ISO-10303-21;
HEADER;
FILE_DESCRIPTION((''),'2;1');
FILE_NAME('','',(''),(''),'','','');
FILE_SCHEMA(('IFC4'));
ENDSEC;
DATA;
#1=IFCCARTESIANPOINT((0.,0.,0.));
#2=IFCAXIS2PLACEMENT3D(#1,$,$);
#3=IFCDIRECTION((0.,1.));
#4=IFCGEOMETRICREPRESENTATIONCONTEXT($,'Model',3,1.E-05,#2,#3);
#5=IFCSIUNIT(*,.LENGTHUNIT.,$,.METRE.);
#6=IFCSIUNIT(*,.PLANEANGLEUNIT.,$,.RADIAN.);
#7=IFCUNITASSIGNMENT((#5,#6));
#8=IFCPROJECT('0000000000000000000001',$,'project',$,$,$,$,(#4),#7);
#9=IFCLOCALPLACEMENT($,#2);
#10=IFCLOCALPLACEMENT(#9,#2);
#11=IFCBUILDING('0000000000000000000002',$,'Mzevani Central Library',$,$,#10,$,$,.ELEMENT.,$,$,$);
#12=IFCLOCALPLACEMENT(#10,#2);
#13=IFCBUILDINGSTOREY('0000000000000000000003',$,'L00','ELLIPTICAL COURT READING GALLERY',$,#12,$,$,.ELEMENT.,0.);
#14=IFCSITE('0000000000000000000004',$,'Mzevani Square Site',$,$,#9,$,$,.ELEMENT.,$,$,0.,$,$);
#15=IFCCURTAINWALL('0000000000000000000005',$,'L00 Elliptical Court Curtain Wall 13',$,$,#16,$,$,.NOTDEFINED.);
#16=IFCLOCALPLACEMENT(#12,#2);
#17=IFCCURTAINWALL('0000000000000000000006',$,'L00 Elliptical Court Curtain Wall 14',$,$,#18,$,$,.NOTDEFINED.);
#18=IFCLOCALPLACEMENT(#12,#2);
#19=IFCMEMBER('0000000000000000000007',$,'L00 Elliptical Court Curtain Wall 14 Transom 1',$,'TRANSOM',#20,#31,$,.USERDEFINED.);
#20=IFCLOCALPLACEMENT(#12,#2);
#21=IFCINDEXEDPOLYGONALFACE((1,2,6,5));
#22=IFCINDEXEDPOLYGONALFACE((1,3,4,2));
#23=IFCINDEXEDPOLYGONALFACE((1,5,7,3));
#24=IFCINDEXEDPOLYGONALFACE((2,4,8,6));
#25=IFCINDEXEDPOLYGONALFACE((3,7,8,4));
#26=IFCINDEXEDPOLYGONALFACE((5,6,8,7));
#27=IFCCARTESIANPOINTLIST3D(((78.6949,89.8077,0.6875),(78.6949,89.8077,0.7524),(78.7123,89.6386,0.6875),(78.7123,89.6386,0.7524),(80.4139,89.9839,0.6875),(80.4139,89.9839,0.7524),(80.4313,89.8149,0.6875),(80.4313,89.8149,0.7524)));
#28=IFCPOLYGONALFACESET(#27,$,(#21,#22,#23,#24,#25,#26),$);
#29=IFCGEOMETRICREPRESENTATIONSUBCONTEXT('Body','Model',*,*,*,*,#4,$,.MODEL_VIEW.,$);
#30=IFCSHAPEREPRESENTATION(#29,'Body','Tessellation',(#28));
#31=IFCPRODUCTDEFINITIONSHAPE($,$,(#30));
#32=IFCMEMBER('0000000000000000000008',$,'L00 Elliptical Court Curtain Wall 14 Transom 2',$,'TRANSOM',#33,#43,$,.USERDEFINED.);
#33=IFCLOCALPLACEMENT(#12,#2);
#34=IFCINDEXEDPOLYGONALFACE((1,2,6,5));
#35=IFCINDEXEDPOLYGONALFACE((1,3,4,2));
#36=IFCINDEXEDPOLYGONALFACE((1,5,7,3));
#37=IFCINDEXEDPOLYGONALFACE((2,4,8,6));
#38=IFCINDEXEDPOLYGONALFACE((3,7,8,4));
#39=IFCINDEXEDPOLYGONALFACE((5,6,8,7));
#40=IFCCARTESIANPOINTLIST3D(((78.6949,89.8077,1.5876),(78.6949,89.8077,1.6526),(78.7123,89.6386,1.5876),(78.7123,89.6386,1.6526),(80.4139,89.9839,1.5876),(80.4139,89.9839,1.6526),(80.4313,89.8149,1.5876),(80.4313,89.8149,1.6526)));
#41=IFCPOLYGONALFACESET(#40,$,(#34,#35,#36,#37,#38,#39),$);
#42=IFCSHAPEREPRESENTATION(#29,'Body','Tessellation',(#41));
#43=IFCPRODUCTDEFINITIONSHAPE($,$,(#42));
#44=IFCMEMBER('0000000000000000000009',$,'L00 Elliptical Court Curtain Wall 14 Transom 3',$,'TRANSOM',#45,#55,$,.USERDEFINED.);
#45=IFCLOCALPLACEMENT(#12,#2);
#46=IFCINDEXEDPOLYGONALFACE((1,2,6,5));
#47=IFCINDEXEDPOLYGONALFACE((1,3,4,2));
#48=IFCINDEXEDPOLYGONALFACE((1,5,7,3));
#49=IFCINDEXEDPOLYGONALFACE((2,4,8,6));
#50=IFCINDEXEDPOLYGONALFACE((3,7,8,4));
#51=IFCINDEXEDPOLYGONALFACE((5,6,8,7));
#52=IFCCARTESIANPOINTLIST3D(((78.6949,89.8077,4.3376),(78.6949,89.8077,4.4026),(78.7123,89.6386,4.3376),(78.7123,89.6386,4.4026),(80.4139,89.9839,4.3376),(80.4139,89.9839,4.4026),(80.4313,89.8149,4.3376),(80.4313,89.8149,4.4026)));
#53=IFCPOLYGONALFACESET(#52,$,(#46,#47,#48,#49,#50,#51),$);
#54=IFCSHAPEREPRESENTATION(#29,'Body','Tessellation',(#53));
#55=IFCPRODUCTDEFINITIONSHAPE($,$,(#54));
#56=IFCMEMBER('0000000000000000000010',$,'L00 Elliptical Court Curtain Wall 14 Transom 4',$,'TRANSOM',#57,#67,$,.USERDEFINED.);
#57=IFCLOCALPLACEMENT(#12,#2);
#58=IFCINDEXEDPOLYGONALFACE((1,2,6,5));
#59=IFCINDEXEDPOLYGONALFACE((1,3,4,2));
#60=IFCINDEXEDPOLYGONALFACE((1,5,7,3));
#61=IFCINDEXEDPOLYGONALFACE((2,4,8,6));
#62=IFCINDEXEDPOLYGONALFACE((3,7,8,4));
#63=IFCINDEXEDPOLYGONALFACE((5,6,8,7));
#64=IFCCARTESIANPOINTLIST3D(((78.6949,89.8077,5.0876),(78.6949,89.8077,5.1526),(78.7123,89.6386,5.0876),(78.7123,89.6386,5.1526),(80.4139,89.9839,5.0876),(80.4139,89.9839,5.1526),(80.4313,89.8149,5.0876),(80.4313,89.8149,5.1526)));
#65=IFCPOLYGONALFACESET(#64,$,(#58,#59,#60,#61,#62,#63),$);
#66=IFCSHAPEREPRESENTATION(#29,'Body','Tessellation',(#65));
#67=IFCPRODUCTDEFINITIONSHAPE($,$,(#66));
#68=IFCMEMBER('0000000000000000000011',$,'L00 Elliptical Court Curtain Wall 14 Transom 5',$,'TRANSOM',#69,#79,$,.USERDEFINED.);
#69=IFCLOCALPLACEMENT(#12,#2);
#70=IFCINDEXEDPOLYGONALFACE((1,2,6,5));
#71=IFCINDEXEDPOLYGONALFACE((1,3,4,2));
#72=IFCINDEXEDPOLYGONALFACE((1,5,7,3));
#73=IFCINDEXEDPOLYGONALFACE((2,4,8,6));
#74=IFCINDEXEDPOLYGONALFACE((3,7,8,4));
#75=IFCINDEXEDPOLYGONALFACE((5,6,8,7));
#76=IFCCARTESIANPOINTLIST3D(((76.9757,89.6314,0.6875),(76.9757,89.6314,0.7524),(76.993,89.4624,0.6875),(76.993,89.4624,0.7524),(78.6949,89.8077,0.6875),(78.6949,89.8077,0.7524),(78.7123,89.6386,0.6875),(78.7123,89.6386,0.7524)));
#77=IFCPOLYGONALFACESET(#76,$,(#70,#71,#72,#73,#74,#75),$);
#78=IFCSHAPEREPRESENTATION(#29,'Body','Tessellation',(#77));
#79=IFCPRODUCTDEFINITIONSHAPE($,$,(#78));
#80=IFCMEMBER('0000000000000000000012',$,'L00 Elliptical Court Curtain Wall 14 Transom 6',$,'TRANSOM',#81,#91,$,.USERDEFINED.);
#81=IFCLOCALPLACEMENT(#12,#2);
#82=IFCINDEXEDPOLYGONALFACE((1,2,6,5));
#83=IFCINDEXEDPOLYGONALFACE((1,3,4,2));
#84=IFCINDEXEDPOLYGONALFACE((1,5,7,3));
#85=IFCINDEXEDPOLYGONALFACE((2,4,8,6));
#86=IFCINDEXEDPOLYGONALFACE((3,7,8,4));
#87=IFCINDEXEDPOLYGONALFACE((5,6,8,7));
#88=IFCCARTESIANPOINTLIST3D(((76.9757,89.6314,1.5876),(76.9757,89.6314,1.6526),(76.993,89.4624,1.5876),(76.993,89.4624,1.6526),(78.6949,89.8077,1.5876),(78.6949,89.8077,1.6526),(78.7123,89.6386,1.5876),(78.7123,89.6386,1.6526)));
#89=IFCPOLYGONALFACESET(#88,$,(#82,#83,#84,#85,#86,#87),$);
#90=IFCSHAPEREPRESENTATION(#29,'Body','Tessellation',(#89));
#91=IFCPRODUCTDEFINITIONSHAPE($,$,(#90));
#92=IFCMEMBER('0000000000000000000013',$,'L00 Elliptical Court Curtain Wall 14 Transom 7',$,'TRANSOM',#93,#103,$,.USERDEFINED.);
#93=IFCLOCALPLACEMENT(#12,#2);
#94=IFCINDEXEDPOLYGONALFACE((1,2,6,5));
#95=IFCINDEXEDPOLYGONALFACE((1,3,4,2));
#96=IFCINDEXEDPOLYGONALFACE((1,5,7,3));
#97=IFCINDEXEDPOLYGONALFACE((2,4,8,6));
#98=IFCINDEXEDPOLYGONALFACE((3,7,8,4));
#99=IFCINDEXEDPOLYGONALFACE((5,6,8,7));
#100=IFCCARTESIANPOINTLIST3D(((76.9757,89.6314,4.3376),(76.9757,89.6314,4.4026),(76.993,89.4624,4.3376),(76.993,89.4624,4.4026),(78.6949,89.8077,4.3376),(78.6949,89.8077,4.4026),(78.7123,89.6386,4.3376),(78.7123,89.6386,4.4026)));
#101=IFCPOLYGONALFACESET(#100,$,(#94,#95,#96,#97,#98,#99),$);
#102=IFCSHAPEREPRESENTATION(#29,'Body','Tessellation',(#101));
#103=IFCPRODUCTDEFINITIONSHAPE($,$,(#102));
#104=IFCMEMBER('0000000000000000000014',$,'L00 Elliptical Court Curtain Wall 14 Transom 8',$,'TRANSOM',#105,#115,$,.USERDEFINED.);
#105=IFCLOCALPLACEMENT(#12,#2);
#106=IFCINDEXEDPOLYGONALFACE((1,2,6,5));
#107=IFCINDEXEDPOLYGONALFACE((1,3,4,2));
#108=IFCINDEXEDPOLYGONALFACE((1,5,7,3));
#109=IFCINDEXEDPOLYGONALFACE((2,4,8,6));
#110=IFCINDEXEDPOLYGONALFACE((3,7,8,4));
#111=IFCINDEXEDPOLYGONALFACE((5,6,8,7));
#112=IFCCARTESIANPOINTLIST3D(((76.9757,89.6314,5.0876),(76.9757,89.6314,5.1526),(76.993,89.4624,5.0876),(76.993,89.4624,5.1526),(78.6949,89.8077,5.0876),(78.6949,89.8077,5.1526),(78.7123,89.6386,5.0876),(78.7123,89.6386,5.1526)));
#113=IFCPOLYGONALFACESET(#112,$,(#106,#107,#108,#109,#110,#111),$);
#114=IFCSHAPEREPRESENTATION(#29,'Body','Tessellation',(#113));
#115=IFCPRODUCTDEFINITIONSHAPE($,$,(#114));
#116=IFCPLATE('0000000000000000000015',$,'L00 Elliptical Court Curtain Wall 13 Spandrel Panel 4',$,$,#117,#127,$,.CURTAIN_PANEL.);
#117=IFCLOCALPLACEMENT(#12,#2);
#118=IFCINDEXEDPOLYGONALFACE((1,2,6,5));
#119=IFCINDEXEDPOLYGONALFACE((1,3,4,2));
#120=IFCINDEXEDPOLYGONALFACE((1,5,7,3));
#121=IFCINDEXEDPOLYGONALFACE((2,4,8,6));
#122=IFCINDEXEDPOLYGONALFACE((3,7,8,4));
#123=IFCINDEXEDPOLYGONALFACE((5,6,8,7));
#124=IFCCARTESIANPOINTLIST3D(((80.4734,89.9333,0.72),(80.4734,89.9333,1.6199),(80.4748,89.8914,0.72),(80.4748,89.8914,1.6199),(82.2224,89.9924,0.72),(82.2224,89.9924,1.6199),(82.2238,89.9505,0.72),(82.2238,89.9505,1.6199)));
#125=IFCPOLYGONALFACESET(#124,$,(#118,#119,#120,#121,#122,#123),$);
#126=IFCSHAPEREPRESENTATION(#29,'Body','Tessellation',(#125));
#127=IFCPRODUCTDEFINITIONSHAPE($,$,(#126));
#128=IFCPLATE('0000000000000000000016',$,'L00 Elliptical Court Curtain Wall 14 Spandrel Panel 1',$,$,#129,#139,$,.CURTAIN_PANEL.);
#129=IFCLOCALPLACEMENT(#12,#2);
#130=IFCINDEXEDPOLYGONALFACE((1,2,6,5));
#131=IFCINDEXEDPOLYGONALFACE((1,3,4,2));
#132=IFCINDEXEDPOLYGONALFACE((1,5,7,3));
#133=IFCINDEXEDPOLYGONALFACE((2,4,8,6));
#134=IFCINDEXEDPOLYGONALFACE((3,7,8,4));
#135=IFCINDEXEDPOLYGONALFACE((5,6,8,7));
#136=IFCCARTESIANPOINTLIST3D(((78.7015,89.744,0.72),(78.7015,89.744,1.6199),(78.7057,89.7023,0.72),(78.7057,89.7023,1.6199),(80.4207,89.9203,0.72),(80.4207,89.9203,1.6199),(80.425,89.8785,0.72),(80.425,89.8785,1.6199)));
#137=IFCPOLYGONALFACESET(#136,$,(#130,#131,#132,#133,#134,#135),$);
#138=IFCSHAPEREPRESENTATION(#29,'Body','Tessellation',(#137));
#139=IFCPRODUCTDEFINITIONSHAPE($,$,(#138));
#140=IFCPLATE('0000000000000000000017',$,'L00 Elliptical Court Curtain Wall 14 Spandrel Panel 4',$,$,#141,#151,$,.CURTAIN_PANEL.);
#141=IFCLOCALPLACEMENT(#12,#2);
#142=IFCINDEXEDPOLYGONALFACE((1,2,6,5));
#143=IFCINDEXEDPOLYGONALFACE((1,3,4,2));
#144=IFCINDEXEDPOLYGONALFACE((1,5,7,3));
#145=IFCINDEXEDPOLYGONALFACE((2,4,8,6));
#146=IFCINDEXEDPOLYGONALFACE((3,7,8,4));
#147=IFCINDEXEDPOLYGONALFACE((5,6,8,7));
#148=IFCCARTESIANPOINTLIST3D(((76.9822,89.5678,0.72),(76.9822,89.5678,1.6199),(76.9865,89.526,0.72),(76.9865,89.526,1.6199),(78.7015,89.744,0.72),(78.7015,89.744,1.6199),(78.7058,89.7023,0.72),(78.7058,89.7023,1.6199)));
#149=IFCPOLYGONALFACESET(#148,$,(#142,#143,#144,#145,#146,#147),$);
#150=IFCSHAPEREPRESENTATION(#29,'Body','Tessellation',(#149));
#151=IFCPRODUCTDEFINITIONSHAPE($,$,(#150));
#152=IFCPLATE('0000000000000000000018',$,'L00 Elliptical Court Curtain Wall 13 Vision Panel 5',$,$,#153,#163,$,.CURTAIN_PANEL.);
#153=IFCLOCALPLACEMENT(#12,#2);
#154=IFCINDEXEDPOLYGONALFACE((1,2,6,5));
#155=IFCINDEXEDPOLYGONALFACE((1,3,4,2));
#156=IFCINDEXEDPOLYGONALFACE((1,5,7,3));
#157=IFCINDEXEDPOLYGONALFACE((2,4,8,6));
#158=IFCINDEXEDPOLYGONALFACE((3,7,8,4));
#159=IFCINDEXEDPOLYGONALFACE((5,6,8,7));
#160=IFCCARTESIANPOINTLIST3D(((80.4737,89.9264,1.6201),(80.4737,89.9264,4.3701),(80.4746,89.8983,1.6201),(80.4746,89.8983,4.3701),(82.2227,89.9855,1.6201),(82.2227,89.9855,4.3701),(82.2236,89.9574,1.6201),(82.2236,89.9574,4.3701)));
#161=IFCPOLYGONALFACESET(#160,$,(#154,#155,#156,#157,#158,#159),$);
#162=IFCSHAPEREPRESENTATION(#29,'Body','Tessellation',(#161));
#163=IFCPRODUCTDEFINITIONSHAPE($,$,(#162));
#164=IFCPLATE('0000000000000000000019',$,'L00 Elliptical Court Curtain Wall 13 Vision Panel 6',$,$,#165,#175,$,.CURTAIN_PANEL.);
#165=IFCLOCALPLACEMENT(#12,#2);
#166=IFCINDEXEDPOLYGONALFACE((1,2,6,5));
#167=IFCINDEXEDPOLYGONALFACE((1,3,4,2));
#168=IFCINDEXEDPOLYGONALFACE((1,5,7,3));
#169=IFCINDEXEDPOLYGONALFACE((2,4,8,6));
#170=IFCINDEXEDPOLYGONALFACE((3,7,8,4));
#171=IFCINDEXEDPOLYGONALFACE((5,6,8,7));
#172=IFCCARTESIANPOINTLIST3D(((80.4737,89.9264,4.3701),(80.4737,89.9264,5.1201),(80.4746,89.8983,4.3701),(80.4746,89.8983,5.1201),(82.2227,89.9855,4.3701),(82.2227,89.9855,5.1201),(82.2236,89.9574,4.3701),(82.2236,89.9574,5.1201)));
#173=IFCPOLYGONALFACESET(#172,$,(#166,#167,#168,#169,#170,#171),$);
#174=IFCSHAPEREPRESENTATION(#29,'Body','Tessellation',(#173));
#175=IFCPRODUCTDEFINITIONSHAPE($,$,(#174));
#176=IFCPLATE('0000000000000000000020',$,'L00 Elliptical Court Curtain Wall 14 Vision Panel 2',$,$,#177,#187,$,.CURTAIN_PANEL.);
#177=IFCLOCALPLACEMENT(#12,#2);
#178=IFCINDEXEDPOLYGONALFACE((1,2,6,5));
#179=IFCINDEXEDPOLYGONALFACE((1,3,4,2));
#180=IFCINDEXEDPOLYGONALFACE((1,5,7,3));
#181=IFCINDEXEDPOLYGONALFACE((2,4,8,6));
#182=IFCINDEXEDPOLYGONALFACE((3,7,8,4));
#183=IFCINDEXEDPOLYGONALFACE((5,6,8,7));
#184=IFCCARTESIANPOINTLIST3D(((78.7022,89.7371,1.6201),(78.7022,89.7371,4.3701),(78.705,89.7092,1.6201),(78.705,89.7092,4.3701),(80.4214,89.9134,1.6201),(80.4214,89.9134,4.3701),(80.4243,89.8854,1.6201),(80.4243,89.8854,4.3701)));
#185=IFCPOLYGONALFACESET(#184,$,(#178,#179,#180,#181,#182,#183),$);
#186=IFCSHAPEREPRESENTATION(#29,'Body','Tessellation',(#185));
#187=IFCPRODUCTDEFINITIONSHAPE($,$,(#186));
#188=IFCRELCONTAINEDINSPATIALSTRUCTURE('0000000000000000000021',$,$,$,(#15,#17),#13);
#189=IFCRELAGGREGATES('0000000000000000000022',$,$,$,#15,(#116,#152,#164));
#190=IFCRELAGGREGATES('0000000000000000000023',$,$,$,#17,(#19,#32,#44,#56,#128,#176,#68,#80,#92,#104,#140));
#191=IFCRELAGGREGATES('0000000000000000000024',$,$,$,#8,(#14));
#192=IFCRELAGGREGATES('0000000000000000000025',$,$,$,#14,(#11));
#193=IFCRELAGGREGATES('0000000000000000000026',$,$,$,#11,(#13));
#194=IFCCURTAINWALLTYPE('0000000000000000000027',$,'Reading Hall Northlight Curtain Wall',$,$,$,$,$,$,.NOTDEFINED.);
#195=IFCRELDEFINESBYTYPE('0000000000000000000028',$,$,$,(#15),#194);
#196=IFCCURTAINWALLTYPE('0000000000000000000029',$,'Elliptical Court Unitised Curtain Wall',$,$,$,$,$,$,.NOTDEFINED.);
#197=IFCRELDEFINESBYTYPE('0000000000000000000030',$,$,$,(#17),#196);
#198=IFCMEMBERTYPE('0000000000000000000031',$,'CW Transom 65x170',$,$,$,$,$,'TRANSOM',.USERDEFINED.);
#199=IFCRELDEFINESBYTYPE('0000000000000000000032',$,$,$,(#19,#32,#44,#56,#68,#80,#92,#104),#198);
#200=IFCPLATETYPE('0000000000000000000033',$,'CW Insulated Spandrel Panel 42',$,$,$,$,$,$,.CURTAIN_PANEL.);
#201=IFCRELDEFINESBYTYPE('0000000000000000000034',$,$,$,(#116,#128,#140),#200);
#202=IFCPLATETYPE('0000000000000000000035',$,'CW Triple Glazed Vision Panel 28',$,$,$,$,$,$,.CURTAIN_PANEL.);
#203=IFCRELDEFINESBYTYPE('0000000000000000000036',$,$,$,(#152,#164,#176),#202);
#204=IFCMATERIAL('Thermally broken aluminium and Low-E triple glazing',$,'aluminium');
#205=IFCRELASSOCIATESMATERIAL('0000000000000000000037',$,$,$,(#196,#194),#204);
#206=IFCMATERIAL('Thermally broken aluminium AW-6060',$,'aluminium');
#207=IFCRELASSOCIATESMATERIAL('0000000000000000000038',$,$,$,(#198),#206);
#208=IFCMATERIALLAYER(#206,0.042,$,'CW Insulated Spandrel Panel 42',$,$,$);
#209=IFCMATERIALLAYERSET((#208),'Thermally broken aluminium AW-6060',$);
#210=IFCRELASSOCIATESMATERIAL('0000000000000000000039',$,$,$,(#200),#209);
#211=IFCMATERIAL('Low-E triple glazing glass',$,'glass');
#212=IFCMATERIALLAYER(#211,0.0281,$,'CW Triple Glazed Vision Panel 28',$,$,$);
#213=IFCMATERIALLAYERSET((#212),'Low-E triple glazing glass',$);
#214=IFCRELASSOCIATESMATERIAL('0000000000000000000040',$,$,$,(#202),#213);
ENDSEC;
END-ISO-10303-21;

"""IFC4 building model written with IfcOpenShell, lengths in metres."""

from ifc_helpers import new_model, si_unit, direction, frame, origin, origin_2d, place, context, subcontext, project, spatial, rectangle, extrude, material, layer, layer_set, material_profile, profile_set, type_object, element, aggregate, save


model = new_model("IFC4")

# Units and contexts
model_context = context("Model", 3, precision=1e-05, world=origin(), true_north=direction((0.0, 1.0)))
body_context = subcontext(model_context, "Body", "Model", "MODEL_VIEW")
ifc_project = project(units=[si_unit("LENGTHUNIT", "METRE"), si_unit("PLANEANGLEUNIT", "RADIAN")], contexts=[model_context])

# Site, building, storey
site_placement = place(None, origin())
site = spatial("IfcSite", under=ifc_project, at=site_placement, Name="Mzevani Square Site", CompositionType="ELEMENT", RefElevation=0.0)
building_placement = place(site_placement, origin())
building = spatial("IfcBuilding", under=site, at=building_placement, Name="Mzevani Central Library", CompositionType="ELEMENT")
storey_placement = place(building_placement, origin())
storey = spatial("IfcBuildingStorey", under=building, at=storey_placement, Name="L00", Description="ELLIPTICAL COURT READING GALLERY", CompositionType="ELEMENT", Elevation=0.0)

# Shared definitions
ifc_material_1 = material(Name="Thermally broken aluminium and Low-E triple glazing", Category="aluminium")
curtain_wall_type_1 = type_object("IfcCurtainWallType", Name="Elliptical Court Unitised Curtain Wall", PredefinedType="NOTDEFINED", material=ifc_material_1)
ifc_material_2 = material(Name="Thermally broken aluminium AW-6060", Category="aluminium")

# Curtain walls
curtain_wall_type_2 = type_object("IfcCurtainWallType", Name="Reading Hall Northlight Curtain Wall", PredefinedType="NOTDEFINED", material=ifc_material_1)
curtain_wall_1_placement = place(storey_placement, origin())
curtain_wall_1 = element("IfcCurtainWall", 1, at=curtain_wall_1_placement, inside=storey, type_object=curtain_wall_type_2, Name="L00 Elliptical Court Curtain Wall 13", PredefinedType="NOTDEFINED")
curtain_wall_2_placement = place(storey_placement, origin())
curtain_wall_2 = element("IfcCurtainWall", 2, at=curtain_wall_2_placement, inside=storey, type_object=curtain_wall_type_1, Name="L00 Elliptical Court Curtain Wall 14", PredefinedType="NOTDEFINED")

# Members
ifc_material_profile_1 = material_profile(ifc_material_2, rectangle(XDim=0.1699, YDim=0.0649, at=origin_2d()), Name="ALU T65x170")
ifc_profile_set_1 = profile_set([ifc_material_profile_1], Name="Thermally broken aluminium AW-6060")
member_type_1 = type_object("IfcMemberType", Name="CW Transom 65x170", ElementType="TRANSOM", PredefinedType="USERDEFINED", material=ifc_profile_set_1)
member_1_placement = place(storey_placement, frame((80.4226, 89.8994, 0.72), z_axis=(-0.994784, -0.102007, 0.0), x_axis=(0.102007, -0.994784, 0.0)))
member_1 = element("IfcMember", 3, at=member_1_placement, type_object=member_type_1, Name="L00 Elliptical Court Curtain Wall 14 Transom 1", ObjectType="TRANSOM", PredefinedType="USERDEFINED", context=body_context, shape_type="SweptSolid", body=[
    extrude(rectangle(XDim=0.1699, YDim=0.0649, at=origin_2d()), origin(), (0.0, 0.0, 1.0), 1.728),
])
member_2_placement = place(storey_placement, frame((80.4226, 89.8994, 1.6201), z_axis=(-0.994784, -0.102007, 0.0), x_axis=(0.102007, -0.994784, 0.0)))
member_2 = element("IfcMember", 4, at=member_2_placement, type_object=member_type_1, Name="L00 Elliptical Court Curtain Wall 14 Transom 2", ObjectType="TRANSOM", PredefinedType="USERDEFINED", context=body_context, shape_type="SweptSolid", body=[
    extrude(rectangle(XDim=0.1699, YDim=0.0649, at=origin_2d()), origin(), (0.0, 0.0, 1.0), 1.728),
])
member_3_placement = place(storey_placement, frame((80.4226, 89.8994, 4.3701), z_axis=(-0.994784, -0.102007, 0.0), x_axis=(0.102007, -0.994784, 0.0)))
member_3 = element("IfcMember", 5, at=member_3_placement, type_object=member_type_1, Name="L00 Elliptical Court Curtain Wall 14 Transom 3", ObjectType="TRANSOM", PredefinedType="USERDEFINED", context=body_context, shape_type="SweptSolid", body=[
    extrude(rectangle(XDim=0.1699, YDim=0.0649, at=origin_2d()), origin(), (0.0, 0.0, 1.0), 1.728),
])
member_4_placement = place(storey_placement, frame((80.4226, 89.8994, 5.1201), z_axis=(-0.994784, -0.102007, 0.0), x_axis=(0.102007, -0.994784, 0.0)))
member_4 = element("IfcMember", 6, at=member_4_placement, type_object=member_type_1, Name="L00 Elliptical Court Curtain Wall 14 Transom 4", ObjectType="TRANSOM", PredefinedType="USERDEFINED", context=body_context, shape_type="SweptSolid", body=[
    extrude(rectangle(XDim=0.1699, YDim=0.0649, at=origin_2d()), origin(), (0.0, 0.0, 1.0), 1.728),
])
member_5_placement = place(storey_placement, frame((78.7036, 89.7231, 0.72), z_axis=(-0.994785, -0.101993, 0.0), x_axis=(0.101993, -0.994785, 0.0)))
member_5 = element("IfcMember", 7, at=member_5_placement, type_object=member_type_1, Name="L00 Elliptical Court Curtain Wall 14 Transom 5", ObjectType="TRANSOM", PredefinedType="USERDEFINED", context=body_context, shape_type="SweptSolid", body=[
    extrude(rectangle(XDim=0.1699, YDim=0.0649, at=origin_2d()), origin(), (0.0, 0.0, 1.0), 1.7283),
])
member_6_placement = place(storey_placement, frame((78.7036, 89.7231, 1.6201), z_axis=(-0.994785, -0.101993, 0.0), x_axis=(0.101993, -0.994785, 0.0)))
member_6 = element("IfcMember", 8, at=member_6_placement, type_object=member_type_1, Name="L00 Elliptical Court Curtain Wall 14 Transom 6", ObjectType="TRANSOM", PredefinedType="USERDEFINED", context=body_context, shape_type="SweptSolid", body=[
    extrude(rectangle(XDim=0.1699, YDim=0.0649, at=origin_2d()), origin(), (0.0, 0.0, 1.0), 1.7283),
])
member_7_placement = place(storey_placement, frame((78.7036, 89.7231, 4.3701), z_axis=(-0.994785, -0.101993, 0.0), x_axis=(0.101993, -0.994785, 0.0)))
member_7 = element("IfcMember", 9, at=member_7_placement, type_object=member_type_1, Name="L00 Elliptical Court Curtain Wall 14 Transom 7", ObjectType="TRANSOM", PredefinedType="USERDEFINED", context=body_context, shape_type="SweptSolid", body=[
    extrude(rectangle(XDim=0.1699, YDim=0.0649, at=origin_2d()), origin(), (0.0, 0.0, 1.0), 1.7283),
])
member_8_placement = place(storey_placement, frame((78.7036, 89.7231, 5.1201), z_axis=(-0.994785, -0.101993, 0.0), x_axis=(0.101993, -0.994785, 0.0)))
member_8 = element("IfcMember", 10, at=member_8_placement, type_object=member_type_1, Name="L00 Elliptical Court Curtain Wall 14 Transom 8", ObjectType="TRANSOM", PredefinedType="USERDEFINED", context=body_context, shape_type="SweptSolid", body=[
    extrude(rectangle(XDim=0.1699, YDim=0.0649, at=origin_2d()), origin(), (0.0, 0.0, 1.0), 1.7283),
])

# Plates
ifc_layer_1 = layer(ifc_material_2, 0.042, Name="CW Insulated Spandrel Panel 42")
ifc_layer_set_1 = layer_set([ifc_layer_1], Name="Thermally broken aluminium AW-6060")
plate_type_1 = type_object("IfcPlateType", Name="CW Insulated Spandrel Panel 42", PredefinedType="CURTAIN_PANEL", material=ifc_layer_set_1)
plate_1_placement = place(storey_placement, frame((81.3486, 89.9419, 0.72), z_axis=(0.0, 0.0, 1.0), x_axis=(-0.99943, -0.033771, 0.0)))
plate_1 = element("IfcPlate", 11, at=plate_1_placement, type_object=plate_type_1, Name="L00 Elliptical Court Curtain Wall 13 Spandrel Panel 4", PredefinedType="CURTAIN_PANEL", context=body_context, shape_type="SweptSolid", body=[
    extrude(rectangle(XDim=1.75, YDim=0.042, at=origin_2d()), origin(), (0.0, 0.0, 1.0), 0.8999),
])
plate_2_placement = place(storey_placement, frame((79.5632, 89.8113, 0.72), z_axis=(0.0, 0.0, 1.0), x_axis=(-0.994786, -0.101987, 0.0)))
plate_2 = element("IfcPlate", 12, at=plate_2_placement, type_object=plate_type_1, Name="L00 Elliptical Court Curtain Wall 14 Spandrel Panel 1", PredefinedType="CURTAIN_PANEL", context=body_context, shape_type="SweptSolid", body=[
    extrude(rectangle(XDim=1.7283, YDim=0.042, at=origin_2d()), origin(), (0.0, 0.0, 1.0), 0.8999),
])
plate_3_placement = place(storey_placement, frame((77.844, 89.635, 0.72), z_axis=(0.0, 0.0, 1.0), x_axis=(-0.994786, -0.101987, 0.0)))
plate_3 = element("IfcPlate", 13, at=plate_3_placement, type_object=plate_type_1, Name="L00 Elliptical Court Curtain Wall 14 Spandrel Panel 4", PredefinedType="CURTAIN_PANEL", context=body_context, shape_type="SweptSolid", body=[
    extrude(rectangle(XDim=1.7283, YDim=0.042, at=origin_2d()), origin(), (0.0, 0.0, 1.0), 0.8999),
])
ifc_material_3 = material(Name="Low-E triple glazing glass", Category="glass")
ifc_layer_2 = layer(ifc_material_3, 0.0281, Name="CW Triple Glazed Vision Panel 28")
ifc_layer_set_2 = layer_set([ifc_layer_2], Name="Low-E triple glazing glass")
plate_type_2 = type_object("IfcPlateType", Name="CW Triple Glazed Vision Panel 28", PredefinedType="CURTAIN_PANEL", material=ifc_layer_set_2)
plate_4_placement = place(storey_placement, frame((81.3486, 89.9419, 1.6201), z_axis=(0.0, 0.0, 1.0), x_axis=(-0.99943, -0.033771, 0.0)))
plate_4 = element("IfcPlate", 14, at=plate_4_placement, type_object=plate_type_2, Name="L00 Elliptical Court Curtain Wall 13 Vision Panel 5", PredefinedType="CURTAIN_PANEL", context=body_context, shape_type="SweptSolid", body=[
    extrude(rectangle(XDim=1.75, YDim=0.0281, at=origin_2d()), origin(), (0.0, 0.0, 1.0), 2.75),
])
plate_5_placement = place(storey_placement, frame((81.3486, 89.9419, 4.3701), z_axis=(0.0, 0.0, 1.0), x_axis=(-0.99943, -0.033771, 0.0)))
plate_5 = element("IfcPlate", 15, at=plate_5_placement, type_object=plate_type_2, Name="L00 Elliptical Court Curtain Wall 13 Vision Panel 6", PredefinedType="CURTAIN_PANEL", context=body_context, shape_type="SweptSolid", body=[
    extrude(rectangle(XDim=1.75, YDim=0.0281, at=origin_2d()), origin(), (0.0, 0.0, 1.0), 0.75),
])
aggregate(curtain_wall_1, [plate_1, plate_4, plate_5])
plate_6_placement = place(storey_placement, frame((79.5632, 89.8113, 1.6201), z_axis=(0.0, 0.0, 1.0), x_axis=(-0.994786, -0.101987, 0.0)))
plate_6 = element("IfcPlate", 16, at=plate_6_placement, type_object=plate_type_2, Name="L00 Elliptical Court Curtain Wall 14 Vision Panel 2", PredefinedType="CURTAIN_PANEL", context=body_context, shape_type="SweptSolid", body=[
    extrude(rectangle(XDim=1.7283, YDim=0.0281, at=origin_2d()), origin(), (0.0, 0.0, 1.0), 2.75),
])
aggregate(curtain_wall_2, [member_1, member_2, member_3, member_4, plate_2, plate_6, member_5, member_6, member_7, member_8, plate_3])

save(model, "model.ifc")
